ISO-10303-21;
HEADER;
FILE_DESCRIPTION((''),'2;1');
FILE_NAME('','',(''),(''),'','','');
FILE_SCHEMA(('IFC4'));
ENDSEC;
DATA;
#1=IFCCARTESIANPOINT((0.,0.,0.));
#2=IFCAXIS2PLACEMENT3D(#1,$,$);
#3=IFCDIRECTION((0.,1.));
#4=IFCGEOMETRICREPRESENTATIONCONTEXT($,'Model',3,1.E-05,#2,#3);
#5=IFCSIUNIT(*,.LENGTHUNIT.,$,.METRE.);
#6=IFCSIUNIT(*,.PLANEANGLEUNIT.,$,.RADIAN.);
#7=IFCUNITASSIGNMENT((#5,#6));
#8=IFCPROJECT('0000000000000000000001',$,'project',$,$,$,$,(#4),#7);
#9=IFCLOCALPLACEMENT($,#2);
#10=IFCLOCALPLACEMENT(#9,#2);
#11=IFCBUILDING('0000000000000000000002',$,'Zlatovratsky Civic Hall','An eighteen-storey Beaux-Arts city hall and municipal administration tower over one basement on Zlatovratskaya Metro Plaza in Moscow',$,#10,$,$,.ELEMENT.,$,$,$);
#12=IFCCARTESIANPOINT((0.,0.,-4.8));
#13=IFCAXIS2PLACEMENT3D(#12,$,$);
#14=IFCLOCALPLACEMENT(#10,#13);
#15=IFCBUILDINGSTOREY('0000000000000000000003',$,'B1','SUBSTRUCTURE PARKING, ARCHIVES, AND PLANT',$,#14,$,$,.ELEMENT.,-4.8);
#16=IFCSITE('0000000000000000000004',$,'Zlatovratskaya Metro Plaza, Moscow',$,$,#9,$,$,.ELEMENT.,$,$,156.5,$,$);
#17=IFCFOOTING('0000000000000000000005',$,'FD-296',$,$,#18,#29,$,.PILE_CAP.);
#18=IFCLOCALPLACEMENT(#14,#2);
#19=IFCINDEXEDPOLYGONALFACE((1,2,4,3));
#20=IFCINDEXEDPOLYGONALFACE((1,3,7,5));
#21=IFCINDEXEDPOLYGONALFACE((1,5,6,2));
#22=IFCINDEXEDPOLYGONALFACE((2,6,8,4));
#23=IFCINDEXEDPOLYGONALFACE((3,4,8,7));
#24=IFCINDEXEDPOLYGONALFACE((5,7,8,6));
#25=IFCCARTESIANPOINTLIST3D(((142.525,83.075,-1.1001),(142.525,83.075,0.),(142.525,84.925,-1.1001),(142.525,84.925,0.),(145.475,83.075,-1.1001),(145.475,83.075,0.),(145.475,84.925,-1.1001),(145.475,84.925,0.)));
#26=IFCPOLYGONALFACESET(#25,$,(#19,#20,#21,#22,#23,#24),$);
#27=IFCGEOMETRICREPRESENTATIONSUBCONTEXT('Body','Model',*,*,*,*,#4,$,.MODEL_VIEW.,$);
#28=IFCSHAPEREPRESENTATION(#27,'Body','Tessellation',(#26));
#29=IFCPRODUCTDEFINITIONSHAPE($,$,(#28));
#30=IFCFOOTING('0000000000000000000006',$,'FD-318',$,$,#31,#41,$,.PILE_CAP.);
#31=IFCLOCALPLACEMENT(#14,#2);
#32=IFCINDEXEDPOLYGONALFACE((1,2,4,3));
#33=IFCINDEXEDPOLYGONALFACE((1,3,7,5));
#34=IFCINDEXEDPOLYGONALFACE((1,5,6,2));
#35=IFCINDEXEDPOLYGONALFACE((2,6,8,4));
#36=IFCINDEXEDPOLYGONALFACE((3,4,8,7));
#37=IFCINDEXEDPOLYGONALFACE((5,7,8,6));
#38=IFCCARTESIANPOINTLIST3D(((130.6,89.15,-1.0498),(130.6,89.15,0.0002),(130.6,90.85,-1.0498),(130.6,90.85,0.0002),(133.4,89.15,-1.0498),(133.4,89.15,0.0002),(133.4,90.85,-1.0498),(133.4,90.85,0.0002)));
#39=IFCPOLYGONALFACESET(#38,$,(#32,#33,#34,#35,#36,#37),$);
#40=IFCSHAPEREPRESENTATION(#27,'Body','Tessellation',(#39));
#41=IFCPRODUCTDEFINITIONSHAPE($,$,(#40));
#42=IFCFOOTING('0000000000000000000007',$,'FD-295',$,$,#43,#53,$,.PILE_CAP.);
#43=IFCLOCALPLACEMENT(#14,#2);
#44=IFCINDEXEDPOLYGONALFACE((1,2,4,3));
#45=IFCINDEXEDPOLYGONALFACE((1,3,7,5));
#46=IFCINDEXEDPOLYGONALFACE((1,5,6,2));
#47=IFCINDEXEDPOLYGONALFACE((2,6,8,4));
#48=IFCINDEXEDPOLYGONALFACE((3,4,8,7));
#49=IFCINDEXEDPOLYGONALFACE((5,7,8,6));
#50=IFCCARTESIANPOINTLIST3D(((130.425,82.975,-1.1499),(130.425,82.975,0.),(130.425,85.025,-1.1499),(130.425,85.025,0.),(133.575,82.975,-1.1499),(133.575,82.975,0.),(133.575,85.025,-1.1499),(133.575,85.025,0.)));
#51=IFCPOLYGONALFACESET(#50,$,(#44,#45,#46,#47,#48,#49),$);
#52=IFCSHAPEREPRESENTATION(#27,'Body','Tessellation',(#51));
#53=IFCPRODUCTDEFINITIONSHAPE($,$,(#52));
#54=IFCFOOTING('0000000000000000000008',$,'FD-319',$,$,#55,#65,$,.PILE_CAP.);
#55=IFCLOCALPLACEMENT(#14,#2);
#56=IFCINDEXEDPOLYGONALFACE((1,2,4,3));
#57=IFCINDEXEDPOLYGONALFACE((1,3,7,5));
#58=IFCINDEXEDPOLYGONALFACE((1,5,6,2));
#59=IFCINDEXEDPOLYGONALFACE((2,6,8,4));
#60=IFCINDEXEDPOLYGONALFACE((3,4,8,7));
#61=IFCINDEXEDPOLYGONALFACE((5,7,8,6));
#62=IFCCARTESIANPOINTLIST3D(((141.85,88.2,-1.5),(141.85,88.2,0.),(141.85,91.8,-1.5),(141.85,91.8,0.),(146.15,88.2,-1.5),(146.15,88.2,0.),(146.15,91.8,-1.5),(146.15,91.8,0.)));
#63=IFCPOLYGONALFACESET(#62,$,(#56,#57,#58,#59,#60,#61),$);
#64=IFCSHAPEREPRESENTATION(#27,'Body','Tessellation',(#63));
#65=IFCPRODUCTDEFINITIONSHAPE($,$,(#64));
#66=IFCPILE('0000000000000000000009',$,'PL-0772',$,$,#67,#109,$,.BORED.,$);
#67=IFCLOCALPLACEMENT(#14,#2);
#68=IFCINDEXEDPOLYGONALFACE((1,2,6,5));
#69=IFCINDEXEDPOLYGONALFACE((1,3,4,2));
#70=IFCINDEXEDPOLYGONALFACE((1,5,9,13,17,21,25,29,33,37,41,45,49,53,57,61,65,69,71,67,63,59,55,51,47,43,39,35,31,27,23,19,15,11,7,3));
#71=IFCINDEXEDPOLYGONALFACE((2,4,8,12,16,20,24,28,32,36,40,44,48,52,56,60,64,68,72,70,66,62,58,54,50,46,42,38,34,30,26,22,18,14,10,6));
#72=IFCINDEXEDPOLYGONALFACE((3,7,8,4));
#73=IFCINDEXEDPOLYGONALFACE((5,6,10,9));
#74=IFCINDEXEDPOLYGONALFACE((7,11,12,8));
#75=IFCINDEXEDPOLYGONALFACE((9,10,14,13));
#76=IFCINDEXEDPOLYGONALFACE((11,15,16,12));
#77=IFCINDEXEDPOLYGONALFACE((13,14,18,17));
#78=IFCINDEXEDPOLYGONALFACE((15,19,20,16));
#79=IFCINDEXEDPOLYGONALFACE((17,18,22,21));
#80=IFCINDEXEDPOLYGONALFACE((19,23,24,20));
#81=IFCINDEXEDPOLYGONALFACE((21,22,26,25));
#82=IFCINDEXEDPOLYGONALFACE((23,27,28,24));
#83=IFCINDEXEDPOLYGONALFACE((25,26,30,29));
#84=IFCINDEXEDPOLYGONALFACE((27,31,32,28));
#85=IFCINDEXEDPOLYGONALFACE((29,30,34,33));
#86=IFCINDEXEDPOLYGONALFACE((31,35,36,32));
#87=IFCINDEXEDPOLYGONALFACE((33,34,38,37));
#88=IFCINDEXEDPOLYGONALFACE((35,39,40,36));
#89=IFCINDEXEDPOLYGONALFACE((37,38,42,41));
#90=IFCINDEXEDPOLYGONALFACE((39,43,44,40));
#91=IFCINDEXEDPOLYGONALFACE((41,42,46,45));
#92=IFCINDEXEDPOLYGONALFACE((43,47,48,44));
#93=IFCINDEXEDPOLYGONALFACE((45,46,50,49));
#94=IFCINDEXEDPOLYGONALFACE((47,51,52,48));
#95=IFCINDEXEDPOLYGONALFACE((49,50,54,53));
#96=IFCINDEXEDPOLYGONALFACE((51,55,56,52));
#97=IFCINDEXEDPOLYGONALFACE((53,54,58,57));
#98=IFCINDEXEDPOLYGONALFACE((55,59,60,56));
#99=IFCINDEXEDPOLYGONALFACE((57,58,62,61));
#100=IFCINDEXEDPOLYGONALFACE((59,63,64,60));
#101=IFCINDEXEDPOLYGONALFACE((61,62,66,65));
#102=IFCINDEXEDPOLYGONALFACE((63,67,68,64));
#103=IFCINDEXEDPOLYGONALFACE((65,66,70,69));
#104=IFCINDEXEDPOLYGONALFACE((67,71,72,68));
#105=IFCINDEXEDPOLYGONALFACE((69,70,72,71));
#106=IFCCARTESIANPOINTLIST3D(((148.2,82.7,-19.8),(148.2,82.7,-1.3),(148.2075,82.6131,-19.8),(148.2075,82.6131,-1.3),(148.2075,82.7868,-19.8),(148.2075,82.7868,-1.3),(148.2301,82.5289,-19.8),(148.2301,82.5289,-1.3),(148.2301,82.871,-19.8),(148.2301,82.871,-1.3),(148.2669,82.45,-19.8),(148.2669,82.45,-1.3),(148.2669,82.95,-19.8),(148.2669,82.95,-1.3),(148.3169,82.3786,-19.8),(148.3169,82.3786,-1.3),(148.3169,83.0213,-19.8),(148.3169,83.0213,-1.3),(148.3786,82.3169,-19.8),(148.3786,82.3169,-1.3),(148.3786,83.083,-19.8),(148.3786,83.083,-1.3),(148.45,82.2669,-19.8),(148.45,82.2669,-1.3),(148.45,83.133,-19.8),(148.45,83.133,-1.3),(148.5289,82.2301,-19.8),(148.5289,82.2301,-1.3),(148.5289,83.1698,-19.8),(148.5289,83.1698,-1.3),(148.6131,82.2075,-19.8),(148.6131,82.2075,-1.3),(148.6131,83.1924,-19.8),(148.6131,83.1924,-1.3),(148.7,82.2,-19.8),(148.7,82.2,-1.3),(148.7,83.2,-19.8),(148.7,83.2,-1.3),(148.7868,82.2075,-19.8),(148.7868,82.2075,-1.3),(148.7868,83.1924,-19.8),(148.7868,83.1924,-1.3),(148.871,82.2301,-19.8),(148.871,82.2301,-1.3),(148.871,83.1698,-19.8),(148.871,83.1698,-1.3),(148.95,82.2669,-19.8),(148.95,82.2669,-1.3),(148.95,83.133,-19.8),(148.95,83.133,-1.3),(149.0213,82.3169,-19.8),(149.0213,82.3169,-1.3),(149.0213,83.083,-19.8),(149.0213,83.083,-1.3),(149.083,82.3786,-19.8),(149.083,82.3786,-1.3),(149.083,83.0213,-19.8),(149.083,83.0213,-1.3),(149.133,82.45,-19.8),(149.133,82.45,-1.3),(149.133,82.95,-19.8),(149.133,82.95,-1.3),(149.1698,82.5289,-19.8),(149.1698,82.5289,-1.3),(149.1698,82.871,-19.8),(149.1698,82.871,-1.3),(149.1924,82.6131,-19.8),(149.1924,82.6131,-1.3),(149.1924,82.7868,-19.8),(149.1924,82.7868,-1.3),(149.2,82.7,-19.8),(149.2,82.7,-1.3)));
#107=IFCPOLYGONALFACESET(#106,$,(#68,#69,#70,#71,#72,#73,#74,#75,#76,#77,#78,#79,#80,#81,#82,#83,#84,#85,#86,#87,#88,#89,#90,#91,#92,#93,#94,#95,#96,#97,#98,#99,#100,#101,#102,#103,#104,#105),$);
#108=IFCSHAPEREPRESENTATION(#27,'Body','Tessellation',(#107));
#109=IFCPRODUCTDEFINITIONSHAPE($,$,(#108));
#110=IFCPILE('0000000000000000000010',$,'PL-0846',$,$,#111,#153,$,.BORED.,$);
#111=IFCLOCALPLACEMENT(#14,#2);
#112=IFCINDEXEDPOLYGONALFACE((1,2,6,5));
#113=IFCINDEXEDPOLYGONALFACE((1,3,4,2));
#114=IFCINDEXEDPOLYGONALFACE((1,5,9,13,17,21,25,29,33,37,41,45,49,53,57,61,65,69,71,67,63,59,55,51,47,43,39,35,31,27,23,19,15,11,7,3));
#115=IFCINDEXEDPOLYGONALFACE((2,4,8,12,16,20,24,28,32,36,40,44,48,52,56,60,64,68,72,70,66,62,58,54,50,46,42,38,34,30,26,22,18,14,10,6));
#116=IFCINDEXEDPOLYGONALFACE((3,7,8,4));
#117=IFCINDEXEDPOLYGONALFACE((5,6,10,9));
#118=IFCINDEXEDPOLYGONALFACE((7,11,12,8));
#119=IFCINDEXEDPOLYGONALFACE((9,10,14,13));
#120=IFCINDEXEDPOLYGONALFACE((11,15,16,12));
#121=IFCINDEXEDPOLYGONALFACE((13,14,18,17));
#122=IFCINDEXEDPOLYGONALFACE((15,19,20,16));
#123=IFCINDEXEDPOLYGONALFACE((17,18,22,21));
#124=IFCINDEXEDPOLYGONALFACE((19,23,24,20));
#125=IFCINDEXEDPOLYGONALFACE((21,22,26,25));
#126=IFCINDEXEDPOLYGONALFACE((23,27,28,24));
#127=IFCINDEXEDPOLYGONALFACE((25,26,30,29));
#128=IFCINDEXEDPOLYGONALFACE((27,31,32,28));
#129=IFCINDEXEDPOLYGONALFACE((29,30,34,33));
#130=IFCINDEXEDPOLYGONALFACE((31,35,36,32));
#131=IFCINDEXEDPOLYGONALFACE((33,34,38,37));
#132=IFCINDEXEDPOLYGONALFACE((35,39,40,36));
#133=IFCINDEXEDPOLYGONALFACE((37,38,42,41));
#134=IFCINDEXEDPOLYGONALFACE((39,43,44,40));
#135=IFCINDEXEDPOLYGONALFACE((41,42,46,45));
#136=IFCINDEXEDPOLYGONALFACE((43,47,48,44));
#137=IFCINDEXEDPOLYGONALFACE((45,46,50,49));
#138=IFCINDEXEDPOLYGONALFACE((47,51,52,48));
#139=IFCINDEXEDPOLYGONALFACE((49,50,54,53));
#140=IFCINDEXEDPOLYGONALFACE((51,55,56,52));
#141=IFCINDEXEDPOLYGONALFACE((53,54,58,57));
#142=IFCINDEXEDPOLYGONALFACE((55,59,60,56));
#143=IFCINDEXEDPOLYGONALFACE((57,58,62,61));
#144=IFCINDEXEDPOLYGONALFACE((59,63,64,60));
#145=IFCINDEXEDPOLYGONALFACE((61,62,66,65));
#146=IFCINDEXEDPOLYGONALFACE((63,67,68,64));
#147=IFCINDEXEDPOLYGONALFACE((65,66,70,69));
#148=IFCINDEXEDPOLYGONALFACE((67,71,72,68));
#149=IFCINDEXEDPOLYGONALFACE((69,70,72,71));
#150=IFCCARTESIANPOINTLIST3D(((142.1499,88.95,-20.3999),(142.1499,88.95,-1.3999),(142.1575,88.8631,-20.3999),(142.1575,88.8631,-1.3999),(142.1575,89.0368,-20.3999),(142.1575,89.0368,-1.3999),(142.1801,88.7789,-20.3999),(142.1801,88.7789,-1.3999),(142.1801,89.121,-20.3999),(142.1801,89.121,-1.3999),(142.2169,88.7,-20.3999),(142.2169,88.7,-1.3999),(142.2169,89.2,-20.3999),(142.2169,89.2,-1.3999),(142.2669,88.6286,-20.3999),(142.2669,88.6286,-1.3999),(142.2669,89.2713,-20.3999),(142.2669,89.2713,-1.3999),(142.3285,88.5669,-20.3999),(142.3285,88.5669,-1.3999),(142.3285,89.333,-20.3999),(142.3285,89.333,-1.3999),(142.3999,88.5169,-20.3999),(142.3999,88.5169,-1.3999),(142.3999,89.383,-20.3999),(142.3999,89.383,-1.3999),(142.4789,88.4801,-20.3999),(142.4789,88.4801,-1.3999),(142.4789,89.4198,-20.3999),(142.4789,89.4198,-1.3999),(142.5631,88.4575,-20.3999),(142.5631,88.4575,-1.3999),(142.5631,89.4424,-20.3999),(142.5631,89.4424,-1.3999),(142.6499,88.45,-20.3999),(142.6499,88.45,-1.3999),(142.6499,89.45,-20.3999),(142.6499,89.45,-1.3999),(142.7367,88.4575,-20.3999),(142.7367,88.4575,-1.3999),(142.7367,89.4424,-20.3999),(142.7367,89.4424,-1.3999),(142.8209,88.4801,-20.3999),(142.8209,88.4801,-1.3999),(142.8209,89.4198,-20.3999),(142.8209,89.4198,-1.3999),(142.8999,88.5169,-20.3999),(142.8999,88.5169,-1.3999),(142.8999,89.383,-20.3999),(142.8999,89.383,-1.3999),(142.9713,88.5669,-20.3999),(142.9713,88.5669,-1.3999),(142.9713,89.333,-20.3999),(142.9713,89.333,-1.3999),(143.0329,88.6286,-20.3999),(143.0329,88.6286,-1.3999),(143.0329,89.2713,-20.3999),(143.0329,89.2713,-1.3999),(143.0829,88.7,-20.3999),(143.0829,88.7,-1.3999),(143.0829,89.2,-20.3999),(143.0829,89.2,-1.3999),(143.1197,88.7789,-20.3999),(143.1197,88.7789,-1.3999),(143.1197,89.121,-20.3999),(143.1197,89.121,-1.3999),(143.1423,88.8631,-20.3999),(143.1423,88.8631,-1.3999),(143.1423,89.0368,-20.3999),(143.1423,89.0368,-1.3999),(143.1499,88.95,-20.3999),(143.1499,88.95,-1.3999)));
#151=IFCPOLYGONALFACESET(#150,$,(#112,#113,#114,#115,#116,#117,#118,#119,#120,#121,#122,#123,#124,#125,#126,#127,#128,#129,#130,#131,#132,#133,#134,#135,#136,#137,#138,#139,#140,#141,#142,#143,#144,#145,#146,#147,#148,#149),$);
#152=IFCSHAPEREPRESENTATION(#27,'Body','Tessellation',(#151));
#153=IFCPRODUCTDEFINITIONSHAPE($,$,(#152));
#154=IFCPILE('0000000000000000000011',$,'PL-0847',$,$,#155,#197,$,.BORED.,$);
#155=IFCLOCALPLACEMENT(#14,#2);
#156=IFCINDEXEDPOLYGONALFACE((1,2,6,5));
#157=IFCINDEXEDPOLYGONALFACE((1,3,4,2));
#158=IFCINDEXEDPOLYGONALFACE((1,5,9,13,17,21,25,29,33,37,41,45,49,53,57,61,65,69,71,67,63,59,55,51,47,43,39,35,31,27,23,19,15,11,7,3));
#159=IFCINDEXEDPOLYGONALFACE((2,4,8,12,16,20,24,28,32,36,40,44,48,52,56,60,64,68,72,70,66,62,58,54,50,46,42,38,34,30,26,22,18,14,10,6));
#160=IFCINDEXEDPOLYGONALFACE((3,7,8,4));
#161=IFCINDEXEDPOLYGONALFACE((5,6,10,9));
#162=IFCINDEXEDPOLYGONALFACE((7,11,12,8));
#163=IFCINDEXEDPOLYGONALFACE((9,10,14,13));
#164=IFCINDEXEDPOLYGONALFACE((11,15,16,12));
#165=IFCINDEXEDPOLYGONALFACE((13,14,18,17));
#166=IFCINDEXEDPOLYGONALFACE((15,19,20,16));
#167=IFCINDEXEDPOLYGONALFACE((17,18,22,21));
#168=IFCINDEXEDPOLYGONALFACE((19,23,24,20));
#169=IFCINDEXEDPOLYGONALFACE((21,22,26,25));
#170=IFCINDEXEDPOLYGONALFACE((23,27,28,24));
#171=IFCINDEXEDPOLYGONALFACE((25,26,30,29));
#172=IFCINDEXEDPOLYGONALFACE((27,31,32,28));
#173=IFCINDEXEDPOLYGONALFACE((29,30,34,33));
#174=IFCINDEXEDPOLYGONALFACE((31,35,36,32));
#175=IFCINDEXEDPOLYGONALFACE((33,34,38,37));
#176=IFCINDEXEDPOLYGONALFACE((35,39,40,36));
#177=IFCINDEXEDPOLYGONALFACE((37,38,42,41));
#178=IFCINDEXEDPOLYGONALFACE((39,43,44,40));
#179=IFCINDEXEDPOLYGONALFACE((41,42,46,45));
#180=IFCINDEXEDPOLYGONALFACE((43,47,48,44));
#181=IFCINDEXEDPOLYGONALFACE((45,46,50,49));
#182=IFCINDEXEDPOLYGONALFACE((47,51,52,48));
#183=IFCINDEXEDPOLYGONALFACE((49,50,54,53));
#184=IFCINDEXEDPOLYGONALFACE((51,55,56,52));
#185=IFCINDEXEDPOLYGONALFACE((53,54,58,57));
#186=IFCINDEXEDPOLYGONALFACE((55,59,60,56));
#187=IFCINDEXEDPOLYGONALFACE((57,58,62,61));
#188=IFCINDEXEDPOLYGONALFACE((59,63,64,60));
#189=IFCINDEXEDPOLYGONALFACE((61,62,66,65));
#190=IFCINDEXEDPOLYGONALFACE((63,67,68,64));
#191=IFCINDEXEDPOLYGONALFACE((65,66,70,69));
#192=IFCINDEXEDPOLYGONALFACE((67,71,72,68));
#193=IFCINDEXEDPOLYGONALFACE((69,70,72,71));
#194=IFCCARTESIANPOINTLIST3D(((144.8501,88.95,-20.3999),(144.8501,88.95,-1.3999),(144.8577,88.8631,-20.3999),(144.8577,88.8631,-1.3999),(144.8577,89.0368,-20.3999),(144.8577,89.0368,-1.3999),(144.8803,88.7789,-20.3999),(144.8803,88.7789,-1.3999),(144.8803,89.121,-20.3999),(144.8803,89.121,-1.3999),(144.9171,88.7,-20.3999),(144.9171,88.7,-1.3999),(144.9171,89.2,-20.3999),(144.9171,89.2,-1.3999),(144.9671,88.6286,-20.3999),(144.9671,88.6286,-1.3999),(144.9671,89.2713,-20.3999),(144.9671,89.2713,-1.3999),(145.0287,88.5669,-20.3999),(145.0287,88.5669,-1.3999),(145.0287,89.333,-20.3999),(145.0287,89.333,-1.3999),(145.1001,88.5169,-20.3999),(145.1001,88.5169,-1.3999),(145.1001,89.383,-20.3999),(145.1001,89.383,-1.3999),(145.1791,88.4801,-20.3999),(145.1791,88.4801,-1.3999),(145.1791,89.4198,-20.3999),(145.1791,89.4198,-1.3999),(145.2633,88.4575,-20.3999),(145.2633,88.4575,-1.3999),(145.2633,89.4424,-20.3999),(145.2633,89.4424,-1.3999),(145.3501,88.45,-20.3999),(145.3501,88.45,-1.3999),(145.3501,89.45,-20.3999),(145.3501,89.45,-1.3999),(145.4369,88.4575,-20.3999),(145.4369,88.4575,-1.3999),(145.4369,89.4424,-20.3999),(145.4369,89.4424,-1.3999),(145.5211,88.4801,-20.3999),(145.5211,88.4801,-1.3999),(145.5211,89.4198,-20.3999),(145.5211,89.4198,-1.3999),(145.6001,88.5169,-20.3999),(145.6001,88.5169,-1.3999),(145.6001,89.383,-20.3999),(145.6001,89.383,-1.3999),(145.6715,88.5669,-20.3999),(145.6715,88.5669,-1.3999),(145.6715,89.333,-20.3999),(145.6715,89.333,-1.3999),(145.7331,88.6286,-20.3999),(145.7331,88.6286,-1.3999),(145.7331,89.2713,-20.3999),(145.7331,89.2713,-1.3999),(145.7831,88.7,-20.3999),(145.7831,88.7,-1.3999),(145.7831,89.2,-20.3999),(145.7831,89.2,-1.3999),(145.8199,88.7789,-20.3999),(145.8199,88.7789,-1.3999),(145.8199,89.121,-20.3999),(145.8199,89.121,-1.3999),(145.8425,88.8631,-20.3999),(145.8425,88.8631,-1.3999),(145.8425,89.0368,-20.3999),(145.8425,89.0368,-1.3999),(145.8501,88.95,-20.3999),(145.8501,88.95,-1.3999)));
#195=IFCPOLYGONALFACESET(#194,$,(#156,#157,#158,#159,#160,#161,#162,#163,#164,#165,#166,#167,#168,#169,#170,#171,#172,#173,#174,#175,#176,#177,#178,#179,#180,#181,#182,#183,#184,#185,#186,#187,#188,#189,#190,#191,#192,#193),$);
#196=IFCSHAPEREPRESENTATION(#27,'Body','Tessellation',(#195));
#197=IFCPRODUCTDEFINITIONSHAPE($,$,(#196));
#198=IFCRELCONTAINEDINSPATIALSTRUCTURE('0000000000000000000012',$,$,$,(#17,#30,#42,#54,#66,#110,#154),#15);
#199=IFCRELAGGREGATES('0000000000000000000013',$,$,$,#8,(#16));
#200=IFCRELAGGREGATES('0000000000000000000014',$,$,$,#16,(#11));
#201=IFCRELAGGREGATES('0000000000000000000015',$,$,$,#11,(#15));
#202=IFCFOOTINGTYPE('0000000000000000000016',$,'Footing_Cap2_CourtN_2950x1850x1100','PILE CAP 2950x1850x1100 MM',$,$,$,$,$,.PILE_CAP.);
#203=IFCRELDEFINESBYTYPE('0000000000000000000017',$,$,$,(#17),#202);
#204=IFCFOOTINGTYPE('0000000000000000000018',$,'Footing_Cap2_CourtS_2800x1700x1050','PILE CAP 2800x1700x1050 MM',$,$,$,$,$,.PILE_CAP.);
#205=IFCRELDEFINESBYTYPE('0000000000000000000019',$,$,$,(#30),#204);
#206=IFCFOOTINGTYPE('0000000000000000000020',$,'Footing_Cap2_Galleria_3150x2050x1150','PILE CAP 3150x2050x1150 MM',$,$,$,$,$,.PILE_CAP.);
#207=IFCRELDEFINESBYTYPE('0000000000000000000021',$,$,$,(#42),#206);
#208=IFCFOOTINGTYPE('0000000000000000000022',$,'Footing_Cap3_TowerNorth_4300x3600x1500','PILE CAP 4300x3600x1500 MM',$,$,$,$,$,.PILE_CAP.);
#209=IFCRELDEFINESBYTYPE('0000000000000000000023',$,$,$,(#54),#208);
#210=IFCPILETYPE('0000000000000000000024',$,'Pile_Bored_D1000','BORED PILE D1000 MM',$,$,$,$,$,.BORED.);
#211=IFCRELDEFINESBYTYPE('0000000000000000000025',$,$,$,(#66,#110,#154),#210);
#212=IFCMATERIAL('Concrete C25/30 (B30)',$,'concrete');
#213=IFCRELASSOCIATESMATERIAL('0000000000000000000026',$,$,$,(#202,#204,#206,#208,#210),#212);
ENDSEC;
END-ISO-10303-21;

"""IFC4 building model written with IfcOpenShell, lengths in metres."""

from ifc_helpers import new_model, si_unit, direction, frame, origin, origin_2d, place, context, subcontext, project, spatial, rectangle, circle, extrude, material, material_profile, profile_set, type_object, element, save


model = new_model("IFC4")

# Units and contexts
model_context = context("Model", 3, precision=1e-05, world=origin(), true_north=direction((0.0, 1.0)))
body_context = subcontext(model_context, "Body", "Model", "MODEL_VIEW")
ifc_project = project(units=[si_unit("LENGTHUNIT", "METRE"), si_unit("PLANEANGLEUNIT", "RADIAN")], contexts=[model_context])

# Site, building, storey
site_placement = place(None, origin())
site = spatial("IfcSite", under=ifc_project, at=site_placement, Name="Zlatovratskaya Metro Plaza, Moscow", CompositionType="ELEMENT", RefElevation=156.5)
building_placement = place(site_placement, origin())
building = spatial("IfcBuilding", under=site, at=building_placement, Name="Zlatovratsky Civic Hall", Description="An eighteen-storey Beaux-Arts city hall and municipal administration tower over one basement on Zlatovratskaya Metro Plaza in Moscow", CompositionType="ELEMENT")
storey_placement = place(building_placement, frame((0.0, 0.0, -4.8)))
storey = spatial("IfcBuildingStorey", under=building, at=storey_placement, Name="B1", Description="SUBSTRUCTURE PARKING, ARCHIVES, AND PLANT", CompositionType="ELEMENT", Elevation=-4.8)

# Footings
ifc_material_1 = material(Name="Concrete C25/30 (B30)", Category="concrete")
footing_type_1 = type_object("IfcFootingType", Name="Footing_Cap2_CourtN_2950x1850x1100", Description="PILE CAP 2950x1850x1100 MM", PredefinedType="PILE_CAP", material=ifc_material_1)
footing_1_placement = place(storey_placement, frame((144.0, 84.0, -1.1001), z_axis=(0.0, 0.0, 1.0), x_axis=(1.0, 0.0, 0.0)))
element("IfcFooting", 1, at=footing_1_placement, inside=storey, type_object=footing_type_1, Name="FD-296", PredefinedType="PILE_CAP", context=body_context, shape_type="SweptSolid", body=[
    extrude(rectangle(XDim=2.95, YDim=1.8501, at=origin_2d()), origin(), (0.0, 0.0, 1.0), 1.1001),
])
footing_type_2 = type_object("IfcFootingType", Name="Footing_Cap2_CourtS_2800x1700x1050", Description="PILE CAP 2800x1700x1050 MM", PredefinedType="PILE_CAP", material=ifc_material_1)
footing_2_placement = place(storey_placement, frame((132.0, 90.0, -1.0498), z_axis=(0.0, 0.0, 1.0), x_axis=(1.0, 0.0, 0.0)))
element("IfcFooting", 2, at=footing_2_placement, inside=storey, type_object=footing_type_2, Name="FD-318", PredefinedType="PILE_CAP", context=body_context, shape_type="SweptSolid", body=[
    extrude(rectangle(XDim=2.8, YDim=1.7, at=origin_2d()), origin(), (0.0, 0.0, 1.0), 1.05),
])
footing_type_3 = type_object("IfcFootingType", Name="Footing_Cap2_Galleria_3150x2050x1150", Description="PILE CAP 3150x2050x1150 MM", PredefinedType="PILE_CAP", material=ifc_material_1)
footing_3_placement = place(storey_placement, frame((132.0, 84.0, -1.1499), z_axis=(0.0, 0.0, 1.0), x_axis=(1.0, 0.0, 0.0)))
element("IfcFooting", 3, at=footing_3_placement, inside=storey, type_object=footing_type_3, Name="FD-295", PredefinedType="PILE_CAP", context=body_context, shape_type="SweptSolid", body=[
    extrude(rectangle(XDim=3.1499, YDim=2.05, at=origin_2d()), origin(), (0.0, 0.0, 1.0), 1.1499),
])
footing_type_4 = type_object("IfcFootingType", Name="Footing_Cap3_TowerNorth_4300x3600x1500", Description="PILE CAP 4300x3600x1500 MM", PredefinedType="PILE_CAP", material=ifc_material_1)
footing_4_placement = place(storey_placement, frame((144.0, 90.0, -1.5), z_axis=(0.0, 0.0, 1.0), x_axis=(1.0, 0.0, 0.0)))
element("IfcFooting", 4, at=footing_4_placement, inside=storey, type_object=footing_type_4, Name="FD-319", PredefinedType="PILE_CAP", context=body_context, shape_type="SweptSolid", body=[
    extrude(rectangle(XDim=4.3, YDim=3.6001, at=origin_2d()), origin(), (0.0, 0.0, 1.0), 1.5),
])

# Piles
ifc_material_profile_1 = material_profile(ifc_material_1, circle(Radius=0.5, at=origin_2d()), Name="PILE D1000")
ifc_profile_set_1 = profile_set([ifc_material_profile_1], Name="Concrete C25/30 (B30)")
pile_type_1 = type_object("IfcPileType", Name="Pile_Bored_D1000", Description="BORED PILE D1000 MM", PredefinedType="BORED", material=ifc_profile_set_1)
pile_1_placement = place(storey_placement, frame((148.7, 82.7, -1.3), z_axis=(0.0, 0.0, -1.0), x_axis=(1.0, 0.0, 0.0)))
element("IfcPile", 5, at=pile_1_placement, inside=storey, type_object=pile_type_1, Name="PL-0772", PredefinedType="BORED", context=body_context, shape_type="SweptSolid", body=[
    extrude(circle(Radius=0.5, at=origin_2d()), origin(), (0.0, 0.0, 1.0), 18.5),
])
for number, where, z_axis, x_axis, name in (
    (6, (142.6499, 88.95, -1.3999), (0.0, 0.0, -1.0), (1.0, 0.0, 0.0), "PL-0846"),
    (7, (145.3501, 88.95, -1.3999), (0.0, 0.0, -1.0), (1.0, 0.0, 0.0), "PL-0847"),
):
    element("IfcPile", number, at=place(storey_placement, frame(where, z_axis=z_axis, x_axis=x_axis)), inside=storey, type_object=pile_type_1, Name=name, PredefinedType="BORED", context=body_context, shape_type="SweptSolid", body=[
        extrude(circle(Radius=0.5, at=origin_2d()), origin(), (0.0, 0.0, 1.0), 19.0),
    ])

save(model, "model.ifc")
